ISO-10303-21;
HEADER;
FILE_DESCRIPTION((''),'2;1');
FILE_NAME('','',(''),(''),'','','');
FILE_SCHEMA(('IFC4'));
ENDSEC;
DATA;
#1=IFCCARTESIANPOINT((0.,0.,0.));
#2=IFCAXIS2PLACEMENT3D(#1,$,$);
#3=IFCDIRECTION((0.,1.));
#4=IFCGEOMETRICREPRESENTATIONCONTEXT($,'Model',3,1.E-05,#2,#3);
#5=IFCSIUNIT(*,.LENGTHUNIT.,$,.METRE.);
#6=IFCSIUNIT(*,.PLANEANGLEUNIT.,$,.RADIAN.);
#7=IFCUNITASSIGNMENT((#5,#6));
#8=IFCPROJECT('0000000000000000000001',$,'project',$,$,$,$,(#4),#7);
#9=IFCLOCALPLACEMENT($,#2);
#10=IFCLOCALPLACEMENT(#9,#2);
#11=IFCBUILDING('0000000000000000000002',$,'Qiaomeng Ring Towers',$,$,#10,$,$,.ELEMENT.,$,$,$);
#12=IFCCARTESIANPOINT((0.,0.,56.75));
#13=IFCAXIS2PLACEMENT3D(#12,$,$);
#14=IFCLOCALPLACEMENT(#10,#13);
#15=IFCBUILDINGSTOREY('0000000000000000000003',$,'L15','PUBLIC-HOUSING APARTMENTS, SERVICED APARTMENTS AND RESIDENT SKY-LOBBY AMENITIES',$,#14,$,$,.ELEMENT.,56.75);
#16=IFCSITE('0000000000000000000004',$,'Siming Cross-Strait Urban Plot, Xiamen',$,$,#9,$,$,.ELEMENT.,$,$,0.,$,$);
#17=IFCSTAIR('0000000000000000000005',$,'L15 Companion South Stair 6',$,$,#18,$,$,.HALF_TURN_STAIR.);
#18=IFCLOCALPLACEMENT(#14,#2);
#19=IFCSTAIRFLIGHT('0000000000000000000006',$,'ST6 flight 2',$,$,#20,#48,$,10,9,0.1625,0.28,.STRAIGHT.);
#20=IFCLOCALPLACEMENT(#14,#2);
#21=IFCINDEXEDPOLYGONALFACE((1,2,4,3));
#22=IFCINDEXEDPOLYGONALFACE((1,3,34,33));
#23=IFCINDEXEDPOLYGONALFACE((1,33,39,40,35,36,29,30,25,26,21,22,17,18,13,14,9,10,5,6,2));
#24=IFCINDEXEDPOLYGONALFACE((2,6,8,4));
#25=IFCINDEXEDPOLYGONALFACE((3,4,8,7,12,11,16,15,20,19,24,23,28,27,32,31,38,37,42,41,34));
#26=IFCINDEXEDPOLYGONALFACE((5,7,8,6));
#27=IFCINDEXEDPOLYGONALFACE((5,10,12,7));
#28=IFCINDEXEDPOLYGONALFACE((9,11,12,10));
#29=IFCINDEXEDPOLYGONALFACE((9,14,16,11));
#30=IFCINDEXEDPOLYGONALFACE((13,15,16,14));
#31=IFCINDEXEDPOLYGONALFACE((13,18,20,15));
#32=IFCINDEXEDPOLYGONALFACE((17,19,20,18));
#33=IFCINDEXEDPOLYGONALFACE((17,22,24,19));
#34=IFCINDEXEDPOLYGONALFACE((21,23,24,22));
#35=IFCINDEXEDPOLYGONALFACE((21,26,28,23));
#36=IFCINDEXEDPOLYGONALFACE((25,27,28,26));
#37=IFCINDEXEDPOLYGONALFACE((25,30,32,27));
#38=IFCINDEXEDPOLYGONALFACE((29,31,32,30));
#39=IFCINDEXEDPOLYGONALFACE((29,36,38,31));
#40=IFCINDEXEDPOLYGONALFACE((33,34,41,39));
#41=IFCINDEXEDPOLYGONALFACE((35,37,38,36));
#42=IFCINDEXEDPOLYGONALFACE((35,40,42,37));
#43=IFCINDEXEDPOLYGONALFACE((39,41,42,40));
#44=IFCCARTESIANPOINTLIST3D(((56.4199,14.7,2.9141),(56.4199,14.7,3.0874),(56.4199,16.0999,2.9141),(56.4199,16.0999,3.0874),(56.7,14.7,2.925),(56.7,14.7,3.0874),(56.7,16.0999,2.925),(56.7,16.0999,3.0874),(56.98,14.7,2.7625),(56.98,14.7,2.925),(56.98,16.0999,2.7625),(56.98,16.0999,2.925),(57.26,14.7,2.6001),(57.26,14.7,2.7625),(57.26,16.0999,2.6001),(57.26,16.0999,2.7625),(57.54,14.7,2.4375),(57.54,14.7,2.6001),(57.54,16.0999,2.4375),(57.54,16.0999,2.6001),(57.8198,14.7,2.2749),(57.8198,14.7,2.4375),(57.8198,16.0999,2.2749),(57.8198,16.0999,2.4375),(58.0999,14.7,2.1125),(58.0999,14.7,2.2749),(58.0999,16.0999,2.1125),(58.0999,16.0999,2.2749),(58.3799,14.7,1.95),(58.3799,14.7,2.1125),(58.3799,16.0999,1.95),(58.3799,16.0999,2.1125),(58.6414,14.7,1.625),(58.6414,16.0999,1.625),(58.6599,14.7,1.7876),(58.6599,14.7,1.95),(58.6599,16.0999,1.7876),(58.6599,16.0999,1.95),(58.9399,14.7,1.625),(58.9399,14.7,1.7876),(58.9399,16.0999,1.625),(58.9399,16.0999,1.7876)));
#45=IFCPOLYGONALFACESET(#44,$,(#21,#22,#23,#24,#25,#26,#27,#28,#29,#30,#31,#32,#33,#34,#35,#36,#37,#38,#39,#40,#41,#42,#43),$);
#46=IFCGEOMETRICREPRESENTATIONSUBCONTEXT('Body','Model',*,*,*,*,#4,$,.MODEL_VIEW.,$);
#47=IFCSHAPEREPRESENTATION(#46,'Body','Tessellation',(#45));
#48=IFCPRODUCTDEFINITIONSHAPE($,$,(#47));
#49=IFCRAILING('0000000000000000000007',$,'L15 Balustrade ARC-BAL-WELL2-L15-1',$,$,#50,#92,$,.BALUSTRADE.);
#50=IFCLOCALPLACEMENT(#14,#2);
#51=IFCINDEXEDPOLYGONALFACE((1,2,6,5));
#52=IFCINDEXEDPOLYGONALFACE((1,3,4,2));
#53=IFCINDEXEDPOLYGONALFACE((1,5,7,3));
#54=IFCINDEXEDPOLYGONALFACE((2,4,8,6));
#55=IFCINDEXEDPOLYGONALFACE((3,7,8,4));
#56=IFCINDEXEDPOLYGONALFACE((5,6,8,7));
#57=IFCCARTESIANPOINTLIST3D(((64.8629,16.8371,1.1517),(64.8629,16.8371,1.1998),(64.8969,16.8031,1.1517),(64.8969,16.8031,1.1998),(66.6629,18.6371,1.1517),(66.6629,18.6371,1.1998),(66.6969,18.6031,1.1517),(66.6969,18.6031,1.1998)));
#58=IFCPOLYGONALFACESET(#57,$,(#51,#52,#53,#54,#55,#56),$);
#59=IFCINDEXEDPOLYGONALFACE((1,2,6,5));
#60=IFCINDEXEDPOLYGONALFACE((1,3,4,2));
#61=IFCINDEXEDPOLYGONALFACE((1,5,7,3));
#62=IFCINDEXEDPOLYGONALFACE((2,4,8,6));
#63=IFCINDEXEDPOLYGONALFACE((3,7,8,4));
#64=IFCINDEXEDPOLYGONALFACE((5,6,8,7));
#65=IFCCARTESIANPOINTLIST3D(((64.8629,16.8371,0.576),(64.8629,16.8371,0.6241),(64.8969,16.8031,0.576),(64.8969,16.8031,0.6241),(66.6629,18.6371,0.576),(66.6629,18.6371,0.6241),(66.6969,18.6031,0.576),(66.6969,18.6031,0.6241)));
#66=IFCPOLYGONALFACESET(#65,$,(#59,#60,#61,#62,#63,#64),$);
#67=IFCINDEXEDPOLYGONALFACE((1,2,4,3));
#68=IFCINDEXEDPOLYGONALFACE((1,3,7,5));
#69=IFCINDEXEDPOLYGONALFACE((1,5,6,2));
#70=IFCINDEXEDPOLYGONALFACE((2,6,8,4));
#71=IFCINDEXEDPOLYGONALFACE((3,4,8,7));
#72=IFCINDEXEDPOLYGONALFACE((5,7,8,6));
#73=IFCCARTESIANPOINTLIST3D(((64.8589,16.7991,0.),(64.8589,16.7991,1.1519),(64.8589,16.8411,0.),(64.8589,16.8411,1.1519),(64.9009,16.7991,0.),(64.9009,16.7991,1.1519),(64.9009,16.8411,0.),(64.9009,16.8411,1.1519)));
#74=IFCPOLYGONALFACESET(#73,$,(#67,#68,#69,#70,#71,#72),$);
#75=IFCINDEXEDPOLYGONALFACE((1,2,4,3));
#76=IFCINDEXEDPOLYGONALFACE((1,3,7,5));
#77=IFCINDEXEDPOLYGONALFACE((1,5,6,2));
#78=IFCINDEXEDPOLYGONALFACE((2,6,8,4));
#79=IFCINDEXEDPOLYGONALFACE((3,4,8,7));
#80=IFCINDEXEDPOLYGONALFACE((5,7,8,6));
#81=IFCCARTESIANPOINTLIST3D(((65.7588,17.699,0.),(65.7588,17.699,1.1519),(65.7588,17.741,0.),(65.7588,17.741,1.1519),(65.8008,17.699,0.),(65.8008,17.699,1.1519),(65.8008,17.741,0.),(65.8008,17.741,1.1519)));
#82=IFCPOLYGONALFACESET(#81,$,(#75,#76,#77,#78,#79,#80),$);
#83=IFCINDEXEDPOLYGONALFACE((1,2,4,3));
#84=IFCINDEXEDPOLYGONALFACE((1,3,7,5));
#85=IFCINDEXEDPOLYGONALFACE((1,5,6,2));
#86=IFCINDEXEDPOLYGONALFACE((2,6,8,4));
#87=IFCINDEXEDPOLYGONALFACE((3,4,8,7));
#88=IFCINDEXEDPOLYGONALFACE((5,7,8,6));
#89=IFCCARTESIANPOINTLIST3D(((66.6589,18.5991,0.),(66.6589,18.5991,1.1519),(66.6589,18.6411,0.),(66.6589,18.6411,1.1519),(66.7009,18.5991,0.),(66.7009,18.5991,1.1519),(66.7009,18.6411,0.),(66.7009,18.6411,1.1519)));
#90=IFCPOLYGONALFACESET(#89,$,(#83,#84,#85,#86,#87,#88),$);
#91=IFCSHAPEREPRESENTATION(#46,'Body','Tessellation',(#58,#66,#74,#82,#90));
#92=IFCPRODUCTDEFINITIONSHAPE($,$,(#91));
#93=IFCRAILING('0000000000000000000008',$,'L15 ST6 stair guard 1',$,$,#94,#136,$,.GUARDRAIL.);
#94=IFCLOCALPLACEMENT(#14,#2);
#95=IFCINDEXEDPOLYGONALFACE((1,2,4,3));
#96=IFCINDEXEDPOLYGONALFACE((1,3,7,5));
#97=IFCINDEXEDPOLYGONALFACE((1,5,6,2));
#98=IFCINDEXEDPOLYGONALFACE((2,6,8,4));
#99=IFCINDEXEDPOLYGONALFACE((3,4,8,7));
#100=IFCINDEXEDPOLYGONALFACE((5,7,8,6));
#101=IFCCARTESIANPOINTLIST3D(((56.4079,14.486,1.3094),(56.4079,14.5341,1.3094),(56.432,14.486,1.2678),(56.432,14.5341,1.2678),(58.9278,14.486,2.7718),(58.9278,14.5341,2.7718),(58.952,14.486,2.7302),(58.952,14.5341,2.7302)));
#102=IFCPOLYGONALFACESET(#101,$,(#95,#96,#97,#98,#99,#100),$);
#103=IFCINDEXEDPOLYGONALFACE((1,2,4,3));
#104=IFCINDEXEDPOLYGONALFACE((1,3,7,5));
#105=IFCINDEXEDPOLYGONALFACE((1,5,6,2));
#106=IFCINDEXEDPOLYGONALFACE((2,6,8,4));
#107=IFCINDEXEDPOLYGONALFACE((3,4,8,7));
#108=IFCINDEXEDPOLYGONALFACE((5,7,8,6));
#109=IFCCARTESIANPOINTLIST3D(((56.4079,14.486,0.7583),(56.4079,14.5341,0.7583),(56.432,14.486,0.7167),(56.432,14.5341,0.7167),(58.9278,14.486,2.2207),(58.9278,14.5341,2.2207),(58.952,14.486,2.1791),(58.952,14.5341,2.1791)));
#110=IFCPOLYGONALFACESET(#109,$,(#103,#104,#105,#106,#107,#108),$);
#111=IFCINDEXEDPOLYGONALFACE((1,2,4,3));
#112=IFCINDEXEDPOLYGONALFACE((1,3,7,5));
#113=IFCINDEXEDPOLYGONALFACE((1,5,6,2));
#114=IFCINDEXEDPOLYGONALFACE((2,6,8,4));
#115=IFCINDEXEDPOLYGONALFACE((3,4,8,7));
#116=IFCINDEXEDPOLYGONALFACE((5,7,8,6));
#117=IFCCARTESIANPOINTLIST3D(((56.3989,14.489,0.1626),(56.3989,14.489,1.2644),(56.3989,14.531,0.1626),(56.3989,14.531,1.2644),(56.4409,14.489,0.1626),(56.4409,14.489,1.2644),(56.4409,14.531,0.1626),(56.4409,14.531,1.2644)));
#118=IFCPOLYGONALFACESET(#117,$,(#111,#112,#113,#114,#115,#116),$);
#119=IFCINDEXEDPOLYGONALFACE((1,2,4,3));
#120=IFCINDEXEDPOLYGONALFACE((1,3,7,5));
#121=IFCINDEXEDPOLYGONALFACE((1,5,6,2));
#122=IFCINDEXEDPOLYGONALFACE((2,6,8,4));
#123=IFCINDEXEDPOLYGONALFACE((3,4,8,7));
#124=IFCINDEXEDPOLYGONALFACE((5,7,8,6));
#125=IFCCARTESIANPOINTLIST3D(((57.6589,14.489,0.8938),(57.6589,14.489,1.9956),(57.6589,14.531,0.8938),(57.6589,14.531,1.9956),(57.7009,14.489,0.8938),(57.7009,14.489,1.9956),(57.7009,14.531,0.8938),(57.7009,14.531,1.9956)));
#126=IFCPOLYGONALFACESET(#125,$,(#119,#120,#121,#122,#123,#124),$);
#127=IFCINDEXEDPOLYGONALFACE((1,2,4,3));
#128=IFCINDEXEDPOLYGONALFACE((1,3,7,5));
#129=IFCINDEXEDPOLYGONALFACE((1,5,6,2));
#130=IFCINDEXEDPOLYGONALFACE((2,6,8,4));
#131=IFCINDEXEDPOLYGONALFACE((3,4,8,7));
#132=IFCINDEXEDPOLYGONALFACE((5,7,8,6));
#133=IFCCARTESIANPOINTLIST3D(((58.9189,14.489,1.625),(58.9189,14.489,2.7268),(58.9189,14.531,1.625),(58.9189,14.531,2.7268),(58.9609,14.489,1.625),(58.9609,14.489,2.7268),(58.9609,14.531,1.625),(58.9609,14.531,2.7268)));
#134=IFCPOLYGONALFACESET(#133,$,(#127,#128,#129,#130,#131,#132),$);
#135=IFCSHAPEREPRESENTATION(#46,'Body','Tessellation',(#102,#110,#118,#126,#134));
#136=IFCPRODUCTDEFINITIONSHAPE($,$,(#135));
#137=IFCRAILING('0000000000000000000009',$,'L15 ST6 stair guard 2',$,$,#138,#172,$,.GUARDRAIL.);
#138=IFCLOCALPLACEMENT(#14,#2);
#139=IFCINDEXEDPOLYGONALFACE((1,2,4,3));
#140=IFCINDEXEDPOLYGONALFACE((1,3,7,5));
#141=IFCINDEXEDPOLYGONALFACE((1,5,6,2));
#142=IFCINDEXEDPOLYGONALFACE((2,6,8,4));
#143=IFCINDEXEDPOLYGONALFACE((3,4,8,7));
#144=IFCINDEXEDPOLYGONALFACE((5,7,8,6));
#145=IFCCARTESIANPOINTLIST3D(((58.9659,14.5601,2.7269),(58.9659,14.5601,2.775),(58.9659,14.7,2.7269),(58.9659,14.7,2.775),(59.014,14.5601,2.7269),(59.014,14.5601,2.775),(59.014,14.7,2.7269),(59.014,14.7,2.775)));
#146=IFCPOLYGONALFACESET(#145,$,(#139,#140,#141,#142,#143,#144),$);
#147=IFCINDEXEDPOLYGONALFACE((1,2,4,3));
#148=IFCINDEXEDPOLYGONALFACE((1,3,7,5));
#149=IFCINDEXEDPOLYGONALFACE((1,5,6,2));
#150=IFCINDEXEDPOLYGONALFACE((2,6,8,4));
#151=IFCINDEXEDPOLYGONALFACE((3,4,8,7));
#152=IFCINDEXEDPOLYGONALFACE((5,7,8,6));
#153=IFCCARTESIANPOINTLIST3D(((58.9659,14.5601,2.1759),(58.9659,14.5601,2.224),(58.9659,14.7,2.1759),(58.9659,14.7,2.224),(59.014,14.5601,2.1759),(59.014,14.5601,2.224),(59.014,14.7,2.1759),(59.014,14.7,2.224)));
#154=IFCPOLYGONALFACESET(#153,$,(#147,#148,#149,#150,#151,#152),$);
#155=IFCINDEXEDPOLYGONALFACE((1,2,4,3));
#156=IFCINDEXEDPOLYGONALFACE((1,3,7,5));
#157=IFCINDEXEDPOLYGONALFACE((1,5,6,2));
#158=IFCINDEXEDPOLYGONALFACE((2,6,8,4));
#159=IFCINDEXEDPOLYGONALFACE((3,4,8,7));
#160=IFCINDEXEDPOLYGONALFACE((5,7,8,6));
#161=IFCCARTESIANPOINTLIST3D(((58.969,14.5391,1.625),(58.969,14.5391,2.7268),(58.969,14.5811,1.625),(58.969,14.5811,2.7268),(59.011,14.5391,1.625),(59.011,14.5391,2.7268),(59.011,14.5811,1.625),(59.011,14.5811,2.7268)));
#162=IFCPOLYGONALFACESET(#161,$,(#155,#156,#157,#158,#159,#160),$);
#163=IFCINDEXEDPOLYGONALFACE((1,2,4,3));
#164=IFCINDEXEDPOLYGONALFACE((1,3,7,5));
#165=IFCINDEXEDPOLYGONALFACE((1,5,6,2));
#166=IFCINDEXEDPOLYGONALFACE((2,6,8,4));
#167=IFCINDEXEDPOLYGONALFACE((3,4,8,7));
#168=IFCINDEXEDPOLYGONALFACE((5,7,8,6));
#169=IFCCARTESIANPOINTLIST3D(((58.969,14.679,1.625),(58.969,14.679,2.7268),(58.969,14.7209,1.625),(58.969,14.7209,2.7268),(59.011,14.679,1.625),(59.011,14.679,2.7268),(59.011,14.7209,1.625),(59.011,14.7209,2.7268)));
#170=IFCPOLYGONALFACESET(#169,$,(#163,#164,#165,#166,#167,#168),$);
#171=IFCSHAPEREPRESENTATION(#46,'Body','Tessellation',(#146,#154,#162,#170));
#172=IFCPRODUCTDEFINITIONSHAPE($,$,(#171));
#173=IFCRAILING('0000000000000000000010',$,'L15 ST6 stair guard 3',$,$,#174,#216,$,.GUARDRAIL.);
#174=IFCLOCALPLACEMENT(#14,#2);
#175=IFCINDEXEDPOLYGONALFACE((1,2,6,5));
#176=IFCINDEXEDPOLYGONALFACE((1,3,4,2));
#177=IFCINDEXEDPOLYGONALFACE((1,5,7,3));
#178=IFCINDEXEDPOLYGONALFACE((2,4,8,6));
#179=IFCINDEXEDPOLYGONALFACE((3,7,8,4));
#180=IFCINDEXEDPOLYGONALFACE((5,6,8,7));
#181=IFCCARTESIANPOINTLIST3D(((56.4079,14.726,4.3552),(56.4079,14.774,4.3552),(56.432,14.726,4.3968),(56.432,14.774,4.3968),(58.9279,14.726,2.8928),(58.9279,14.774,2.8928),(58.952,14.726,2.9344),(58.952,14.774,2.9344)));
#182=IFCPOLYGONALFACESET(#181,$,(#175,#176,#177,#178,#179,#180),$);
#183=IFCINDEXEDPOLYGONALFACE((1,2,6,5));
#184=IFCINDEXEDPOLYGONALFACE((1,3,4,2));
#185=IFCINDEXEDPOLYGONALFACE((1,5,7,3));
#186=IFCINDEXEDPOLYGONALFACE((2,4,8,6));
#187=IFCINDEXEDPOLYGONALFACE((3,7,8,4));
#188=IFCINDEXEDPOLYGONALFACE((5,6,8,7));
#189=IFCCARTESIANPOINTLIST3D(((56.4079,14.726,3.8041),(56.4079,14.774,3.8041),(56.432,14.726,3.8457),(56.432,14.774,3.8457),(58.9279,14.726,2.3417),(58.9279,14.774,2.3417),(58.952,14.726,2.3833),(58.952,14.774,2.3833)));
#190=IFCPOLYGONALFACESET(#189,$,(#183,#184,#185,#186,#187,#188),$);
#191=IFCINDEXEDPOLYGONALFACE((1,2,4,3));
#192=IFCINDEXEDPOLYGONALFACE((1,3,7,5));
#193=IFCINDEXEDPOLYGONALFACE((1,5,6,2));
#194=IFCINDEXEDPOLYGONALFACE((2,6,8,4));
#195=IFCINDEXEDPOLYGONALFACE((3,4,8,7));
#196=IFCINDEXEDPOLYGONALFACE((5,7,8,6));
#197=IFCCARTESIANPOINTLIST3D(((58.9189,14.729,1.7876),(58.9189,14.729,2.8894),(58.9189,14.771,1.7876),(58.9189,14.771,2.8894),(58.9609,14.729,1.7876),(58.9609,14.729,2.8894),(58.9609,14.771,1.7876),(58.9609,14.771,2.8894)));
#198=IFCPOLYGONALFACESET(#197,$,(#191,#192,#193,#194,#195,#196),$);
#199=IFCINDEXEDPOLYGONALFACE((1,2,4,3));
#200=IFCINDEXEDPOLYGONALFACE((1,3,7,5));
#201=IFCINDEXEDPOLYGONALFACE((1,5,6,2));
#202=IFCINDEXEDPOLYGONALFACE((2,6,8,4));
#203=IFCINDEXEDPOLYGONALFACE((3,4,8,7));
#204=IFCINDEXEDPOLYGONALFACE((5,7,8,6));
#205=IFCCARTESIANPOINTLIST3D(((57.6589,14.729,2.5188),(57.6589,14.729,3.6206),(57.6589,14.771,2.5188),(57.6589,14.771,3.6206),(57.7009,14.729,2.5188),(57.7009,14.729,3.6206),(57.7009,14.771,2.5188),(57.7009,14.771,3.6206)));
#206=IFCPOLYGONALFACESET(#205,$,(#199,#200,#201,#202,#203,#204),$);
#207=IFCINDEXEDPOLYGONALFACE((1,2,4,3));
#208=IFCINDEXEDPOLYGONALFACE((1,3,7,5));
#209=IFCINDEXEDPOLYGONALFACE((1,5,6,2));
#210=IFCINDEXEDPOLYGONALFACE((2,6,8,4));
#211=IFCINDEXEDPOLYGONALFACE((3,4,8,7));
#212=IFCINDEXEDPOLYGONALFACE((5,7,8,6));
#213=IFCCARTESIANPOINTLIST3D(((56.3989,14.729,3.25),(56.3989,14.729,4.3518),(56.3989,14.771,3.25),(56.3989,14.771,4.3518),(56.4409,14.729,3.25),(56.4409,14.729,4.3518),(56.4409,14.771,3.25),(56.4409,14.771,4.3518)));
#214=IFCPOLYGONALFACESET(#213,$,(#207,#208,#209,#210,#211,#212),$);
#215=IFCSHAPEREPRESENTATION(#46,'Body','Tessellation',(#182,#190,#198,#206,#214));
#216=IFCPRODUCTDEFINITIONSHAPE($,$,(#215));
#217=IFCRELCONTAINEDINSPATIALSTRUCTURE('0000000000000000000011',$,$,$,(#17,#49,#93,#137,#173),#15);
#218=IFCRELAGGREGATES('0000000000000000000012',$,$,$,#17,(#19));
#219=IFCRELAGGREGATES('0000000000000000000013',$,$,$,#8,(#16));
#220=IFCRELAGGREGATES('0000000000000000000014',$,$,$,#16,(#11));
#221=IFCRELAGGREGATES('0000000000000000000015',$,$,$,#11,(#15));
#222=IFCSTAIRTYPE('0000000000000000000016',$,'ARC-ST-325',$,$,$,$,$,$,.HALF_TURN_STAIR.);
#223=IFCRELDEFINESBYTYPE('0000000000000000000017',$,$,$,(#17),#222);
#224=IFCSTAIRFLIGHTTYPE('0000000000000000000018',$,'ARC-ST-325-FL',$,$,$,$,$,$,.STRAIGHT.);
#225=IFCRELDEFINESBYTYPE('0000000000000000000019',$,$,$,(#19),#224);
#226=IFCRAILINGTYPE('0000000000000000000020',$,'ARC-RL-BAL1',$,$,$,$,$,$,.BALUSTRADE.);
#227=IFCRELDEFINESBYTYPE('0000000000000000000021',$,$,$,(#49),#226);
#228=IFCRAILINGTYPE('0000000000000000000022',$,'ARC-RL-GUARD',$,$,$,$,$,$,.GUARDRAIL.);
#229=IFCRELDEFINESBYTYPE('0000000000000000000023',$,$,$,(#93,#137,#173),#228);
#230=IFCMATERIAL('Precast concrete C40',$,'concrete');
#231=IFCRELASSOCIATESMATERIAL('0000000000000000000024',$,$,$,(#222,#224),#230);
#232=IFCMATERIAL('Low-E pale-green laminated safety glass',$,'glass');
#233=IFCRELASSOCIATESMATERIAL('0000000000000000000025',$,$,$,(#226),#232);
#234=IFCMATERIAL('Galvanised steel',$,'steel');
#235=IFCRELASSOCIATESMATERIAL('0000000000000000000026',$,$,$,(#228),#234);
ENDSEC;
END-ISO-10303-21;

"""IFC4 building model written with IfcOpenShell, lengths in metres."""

from ifc_helpers import new_model, si_unit, direction, frame, origin, origin_2d, place, context, subcontext, project, spatial, polyline, rectangle, outline, extrude, source, transform, mapped, material, type_object, element, aggregate, save


model = new_model("IFC4")

# Units and contexts
model_context = context("Model", 3, precision=1e-05, world=origin(), true_north=direction((0.0, 1.0)))
body_context = subcontext(model_context, "Body", "Model", "MODEL_VIEW")
ifc_project = project(units=[si_unit("LENGTHUNIT", "METRE"), si_unit("PLANEANGLEUNIT", "RADIAN")], contexts=[model_context])

# Site, building, storey
site_placement = place(None, origin())
site = spatial("IfcSite", under=ifc_project, at=site_placement, Name="Siming Cross-Strait Urban Plot, Xiamen", CompositionType="ELEMENT", RefElevation=0.0)
building_placement = place(site_placement, origin())
building = spatial("IfcBuilding", under=site, at=building_placement, Name="Qiaomeng Ring Towers", CompositionType="ELEMENT")
storey_placement = place(building_placement, frame((0.0, 0.0, 56.75)))
storey = spatial("IfcBuildingStorey", under=building, at=storey_placement, Name="L15", Description="PUBLIC-HOUSING APARTMENTS, SERVICED APARTMENTS AND RESIDENT SKY-LOBBY AMENITIES", CompositionType="ELEMENT", Elevation=56.75)

# Shared definitions
ifc_material_1 = material(Name="Galvanised steel", Category="steel")

# Stair, stair flight
ifc_material_2 = material(Name="Precast concrete C40", Category="concrete")
stair_type = type_object("IfcStairType", Name="ARC-ST-325", PredefinedType="HALF_TURN_STAIR", material=ifc_material_2)
stair_placement = place(storey_placement, origin())
stair = element("IfcStair", 1, at=stair_placement, inside=storey, type_object=stair_type, Name="L15 Companion South Stair 6", PredefinedType="HALF_TURN_STAIR")
stair_flight_type = type_object("IfcStairFlightType", Name="ARC-ST-325-FL", PredefinedType="STRAIGHT", material=ifc_material_2)
shared_shape_1 = source(origin(), body_context, "Body", "SweptSolid", [
    extrude(outline(polyline([(0.0, 0.0), (0.0, 0.1626), (0.28, 0.1626), (0.28, 0.325), (0.5601, 0.325), (0.5601, 0.4875), (0.8401, 0.4875), (0.8401, 0.6499), (1.1201, 0.6499), (1.1201, 0.8125), (1.3999, 0.8125), (1.3999, 0.9751), (1.6799, 0.9751), (1.6799, 1.1375), (1.96, 1.1375), (1.96, 1.3), (2.24, 1.3), (2.24, 1.4624), (2.52, 1.4624), (2.52, 1.625), (2.52, 1.2891), (0.2986, 0.0), (0.0, 0.0)])), frame((0.0, 0.7, 0.0), z_axis=(0.0, -1.0, 0.0), x_axis=(1.0, 0.0, 0.0)), (0.0, 0.0, 1.0), 1.3999),
])
stair_flight_1_placement = place(storey_placement, frame((58.9399, 15.3999, 1.625), z_axis=(0.0, 0.0, 1.0), x_axis=(-1.0, 0.0, 0.0)))
stair_flight_1 = element("IfcStairFlight", 2, at=stair_flight_1_placement, type_object=stair_flight_type, Name="ST6 flight 2", NumberOfRisers=10, NumberOfTreads=9, PredefinedType="STRAIGHT", RiserHeight=0.1625, TreadLength=0.28, context=body_context, shape_type="MappedRepresentation", body=[
    mapped(shared_shape_1, transform((0.0, 0.0, 0.0), x_axis=(1.0, 0.0, 0.0), y_axis=(0.0, 1.0, 0.0), z_axis=(0.0, 0.0, 1.0), scale=1.0)),
])
aggregate(stair, [stair_flight_1])

# Railings
ifc_material_3 = material(Name="Low-E pale-green laminated safety glass", Category="glass")
railing_type_1 = type_object("IfcRailingType", Name="ARC-RL-BAL1", PredefinedType="BALUSTRADE", material=ifc_material_3)
railing_1_placement = place(storey_placement, frame((64.8799, 16.8201, 0.0)))
element("IfcRailing", 3, at=railing_1_placement, inside=storey, type_object=railing_type_1, Name="L15 Balustrade ARC-BAL-WELL2-L15-1", PredefinedType="BALUSTRADE", context=body_context, shape_type="SweptSolid", body=[
    extrude(rectangle(XDim=0.0481, YDim=0.0481, at=origin_2d()), frame((0.0, 0.0, 1.1758), z_axis=(0.707107, 0.707107, 0.0), x_axis=(-0.707107, 0.707107, 0.0)), (0.0, 0.0, 1.0), 2.5457),
    extrude(rectangle(XDim=0.0481, YDim=0.0481, at=origin_2d()), frame((0.0, 0.0, 0.6001), z_axis=(0.707107, 0.707107, 0.0), x_axis=(-0.707107, 0.707107, 0.0)), (0.0, 0.0, 1.0), 2.5457),
    extrude(rectangle(XDim=0.042, YDim=0.042, at=origin_2d()), origin(), (0.0, 0.0, 1.0), 1.1519),
    extrude(rectangle(XDim=0.042, YDim=0.042, at=origin_2d()), frame((0.8999, 0.8999, 0.0)), (0.0, 0.0, 1.0), 1.1519),
    extrude(rectangle(XDim=0.042, YDim=0.042, at=origin_2d()), frame((1.8, 1.8, 0.0)), (0.0, 0.0, 1.0), 1.1519),
])
railing_type_2 = type_object("IfcRailingType", Name="ARC-RL-GUARD", PredefinedType="GUARDRAIL", material=ifc_material_1)
railing_2_placement = place(storey_placement, frame((56.4199, 14.51, 0.1626)))
element("IfcRailing", 4, at=railing_2_placement, inside=storey, type_object=railing_type_2, Name="L15 ST6 stair guard 1", PredefinedType="GUARDRAIL", context=body_context, shape_type="SweptSolid", body=[
    extrude(rectangle(XDim=0.0481, YDim=0.0481, at=origin_2d()), frame((0.0, 0.0, 1.126), z_axis=(0.864913, 0.0, 0.501921), x_axis=(0.0, 1.0, 0.0)), (0.0, 0.0, 1.0), 2.9136),
    extrude(rectangle(XDim=0.0481, YDim=0.0481, at=origin_2d()), frame((0.0, 0.0, 0.575), z_axis=(0.864913, 0.0, 0.501921), x_axis=(0.0, 1.0, 0.0)), (0.0, 0.0, 1.0), 2.9136),
    extrude(rectangle(XDim=0.042, YDim=0.042, at=origin_2d()), origin(), (0.0, 0.0, 1.0), 1.1018),
    extrude(rectangle(XDim=0.042, YDim=0.042, at=origin_2d()), frame((1.26, 0.0, 0.7312)), (0.0, 0.0, 1.0), 1.1018),
    extrude(rectangle(XDim=0.042, YDim=0.042, at=origin_2d()), frame((2.52, 0.0, 1.4624)), (0.0, 0.0, 1.0), 1.1018),
])
railing_3_placement = place(storey_placement, frame((58.99, 14.5601, 1.625)))
element("IfcRailing", 5, at=railing_3_placement, inside=storey, type_object=railing_type_2, Name="L15 ST6 stair guard 2", PredefinedType="GUARDRAIL", context=body_context, shape_type="SweptSolid", body=[
    extrude(rectangle(XDim=0.0481, YDim=0.0481, at=origin_2d()), frame((0.0, 0.0, 1.126), z_axis=(0.0, 1.0, 0.0), x_axis=(-1.0, 0.0, 0.0)), (0.0, 0.0, 1.0), 0.1399),
    extrude(rectangle(XDim=0.0481, YDim=0.0481, at=origin_2d()), frame((0.0, 0.0, 0.575), z_axis=(0.0, 1.0, 0.0), x_axis=(-1.0, 0.0, 0.0)), (0.0, 0.0, 1.0), 0.1399),
    extrude(rectangle(XDim=0.042, YDim=0.042, at=origin_2d()), origin(), (0.0, 0.0, 1.0), 1.1018),
    extrude(rectangle(XDim=0.042, YDim=0.042, at=origin_2d()), frame((0.0, 0.1399, 0.0)), (0.0, 0.0, 1.0), 1.1018),
])
railing_4_placement = place(storey_placement, frame((58.9399, 14.75, 1.7876)))
element("IfcRailing", 6, at=railing_4_placement, inside=storey, type_object=railing_type_2, Name="L15 ST6 stair guard 3", PredefinedType="GUARDRAIL", context=body_context, shape_type="SweptSolid", body=[
    extrude(rectangle(XDim=0.0481, YDim=0.0481, at=origin_2d()), frame((0.0, 0.0, 1.126), z_axis=(-0.864913, 0.0, 0.501921), x_axis=(0.0, -1.0, 0.0)), (0.0, 0.0, 1.0), 2.9136),
    extrude(rectangle(XDim=0.0481, YDim=0.0481, at=origin_2d()), frame((0.0, 0.0, 0.575), z_axis=(-0.864913, 0.0, 0.501921), x_axis=(0.0, -1.0, 0.0)), (0.0, 0.0, 1.0), 2.9136),
    extrude(rectangle(XDim=0.042, YDim=0.042, at=origin_2d()), origin(), (0.0, 0.0, 1.0), 1.1018),
    extrude(rectangle(XDim=0.042, YDim=0.042, at=origin_2d()), frame((-1.26, 0.0, 0.7312)), (0.0, 0.0, 1.0), 1.1018),
    extrude(rectangle(XDim=0.042, YDim=0.042, at=origin_2d()), frame((-2.52, 0.0, 1.4624)), (0.0, 0.0, 1.0), 1.1018),
])

save(model, "model.ifc")
